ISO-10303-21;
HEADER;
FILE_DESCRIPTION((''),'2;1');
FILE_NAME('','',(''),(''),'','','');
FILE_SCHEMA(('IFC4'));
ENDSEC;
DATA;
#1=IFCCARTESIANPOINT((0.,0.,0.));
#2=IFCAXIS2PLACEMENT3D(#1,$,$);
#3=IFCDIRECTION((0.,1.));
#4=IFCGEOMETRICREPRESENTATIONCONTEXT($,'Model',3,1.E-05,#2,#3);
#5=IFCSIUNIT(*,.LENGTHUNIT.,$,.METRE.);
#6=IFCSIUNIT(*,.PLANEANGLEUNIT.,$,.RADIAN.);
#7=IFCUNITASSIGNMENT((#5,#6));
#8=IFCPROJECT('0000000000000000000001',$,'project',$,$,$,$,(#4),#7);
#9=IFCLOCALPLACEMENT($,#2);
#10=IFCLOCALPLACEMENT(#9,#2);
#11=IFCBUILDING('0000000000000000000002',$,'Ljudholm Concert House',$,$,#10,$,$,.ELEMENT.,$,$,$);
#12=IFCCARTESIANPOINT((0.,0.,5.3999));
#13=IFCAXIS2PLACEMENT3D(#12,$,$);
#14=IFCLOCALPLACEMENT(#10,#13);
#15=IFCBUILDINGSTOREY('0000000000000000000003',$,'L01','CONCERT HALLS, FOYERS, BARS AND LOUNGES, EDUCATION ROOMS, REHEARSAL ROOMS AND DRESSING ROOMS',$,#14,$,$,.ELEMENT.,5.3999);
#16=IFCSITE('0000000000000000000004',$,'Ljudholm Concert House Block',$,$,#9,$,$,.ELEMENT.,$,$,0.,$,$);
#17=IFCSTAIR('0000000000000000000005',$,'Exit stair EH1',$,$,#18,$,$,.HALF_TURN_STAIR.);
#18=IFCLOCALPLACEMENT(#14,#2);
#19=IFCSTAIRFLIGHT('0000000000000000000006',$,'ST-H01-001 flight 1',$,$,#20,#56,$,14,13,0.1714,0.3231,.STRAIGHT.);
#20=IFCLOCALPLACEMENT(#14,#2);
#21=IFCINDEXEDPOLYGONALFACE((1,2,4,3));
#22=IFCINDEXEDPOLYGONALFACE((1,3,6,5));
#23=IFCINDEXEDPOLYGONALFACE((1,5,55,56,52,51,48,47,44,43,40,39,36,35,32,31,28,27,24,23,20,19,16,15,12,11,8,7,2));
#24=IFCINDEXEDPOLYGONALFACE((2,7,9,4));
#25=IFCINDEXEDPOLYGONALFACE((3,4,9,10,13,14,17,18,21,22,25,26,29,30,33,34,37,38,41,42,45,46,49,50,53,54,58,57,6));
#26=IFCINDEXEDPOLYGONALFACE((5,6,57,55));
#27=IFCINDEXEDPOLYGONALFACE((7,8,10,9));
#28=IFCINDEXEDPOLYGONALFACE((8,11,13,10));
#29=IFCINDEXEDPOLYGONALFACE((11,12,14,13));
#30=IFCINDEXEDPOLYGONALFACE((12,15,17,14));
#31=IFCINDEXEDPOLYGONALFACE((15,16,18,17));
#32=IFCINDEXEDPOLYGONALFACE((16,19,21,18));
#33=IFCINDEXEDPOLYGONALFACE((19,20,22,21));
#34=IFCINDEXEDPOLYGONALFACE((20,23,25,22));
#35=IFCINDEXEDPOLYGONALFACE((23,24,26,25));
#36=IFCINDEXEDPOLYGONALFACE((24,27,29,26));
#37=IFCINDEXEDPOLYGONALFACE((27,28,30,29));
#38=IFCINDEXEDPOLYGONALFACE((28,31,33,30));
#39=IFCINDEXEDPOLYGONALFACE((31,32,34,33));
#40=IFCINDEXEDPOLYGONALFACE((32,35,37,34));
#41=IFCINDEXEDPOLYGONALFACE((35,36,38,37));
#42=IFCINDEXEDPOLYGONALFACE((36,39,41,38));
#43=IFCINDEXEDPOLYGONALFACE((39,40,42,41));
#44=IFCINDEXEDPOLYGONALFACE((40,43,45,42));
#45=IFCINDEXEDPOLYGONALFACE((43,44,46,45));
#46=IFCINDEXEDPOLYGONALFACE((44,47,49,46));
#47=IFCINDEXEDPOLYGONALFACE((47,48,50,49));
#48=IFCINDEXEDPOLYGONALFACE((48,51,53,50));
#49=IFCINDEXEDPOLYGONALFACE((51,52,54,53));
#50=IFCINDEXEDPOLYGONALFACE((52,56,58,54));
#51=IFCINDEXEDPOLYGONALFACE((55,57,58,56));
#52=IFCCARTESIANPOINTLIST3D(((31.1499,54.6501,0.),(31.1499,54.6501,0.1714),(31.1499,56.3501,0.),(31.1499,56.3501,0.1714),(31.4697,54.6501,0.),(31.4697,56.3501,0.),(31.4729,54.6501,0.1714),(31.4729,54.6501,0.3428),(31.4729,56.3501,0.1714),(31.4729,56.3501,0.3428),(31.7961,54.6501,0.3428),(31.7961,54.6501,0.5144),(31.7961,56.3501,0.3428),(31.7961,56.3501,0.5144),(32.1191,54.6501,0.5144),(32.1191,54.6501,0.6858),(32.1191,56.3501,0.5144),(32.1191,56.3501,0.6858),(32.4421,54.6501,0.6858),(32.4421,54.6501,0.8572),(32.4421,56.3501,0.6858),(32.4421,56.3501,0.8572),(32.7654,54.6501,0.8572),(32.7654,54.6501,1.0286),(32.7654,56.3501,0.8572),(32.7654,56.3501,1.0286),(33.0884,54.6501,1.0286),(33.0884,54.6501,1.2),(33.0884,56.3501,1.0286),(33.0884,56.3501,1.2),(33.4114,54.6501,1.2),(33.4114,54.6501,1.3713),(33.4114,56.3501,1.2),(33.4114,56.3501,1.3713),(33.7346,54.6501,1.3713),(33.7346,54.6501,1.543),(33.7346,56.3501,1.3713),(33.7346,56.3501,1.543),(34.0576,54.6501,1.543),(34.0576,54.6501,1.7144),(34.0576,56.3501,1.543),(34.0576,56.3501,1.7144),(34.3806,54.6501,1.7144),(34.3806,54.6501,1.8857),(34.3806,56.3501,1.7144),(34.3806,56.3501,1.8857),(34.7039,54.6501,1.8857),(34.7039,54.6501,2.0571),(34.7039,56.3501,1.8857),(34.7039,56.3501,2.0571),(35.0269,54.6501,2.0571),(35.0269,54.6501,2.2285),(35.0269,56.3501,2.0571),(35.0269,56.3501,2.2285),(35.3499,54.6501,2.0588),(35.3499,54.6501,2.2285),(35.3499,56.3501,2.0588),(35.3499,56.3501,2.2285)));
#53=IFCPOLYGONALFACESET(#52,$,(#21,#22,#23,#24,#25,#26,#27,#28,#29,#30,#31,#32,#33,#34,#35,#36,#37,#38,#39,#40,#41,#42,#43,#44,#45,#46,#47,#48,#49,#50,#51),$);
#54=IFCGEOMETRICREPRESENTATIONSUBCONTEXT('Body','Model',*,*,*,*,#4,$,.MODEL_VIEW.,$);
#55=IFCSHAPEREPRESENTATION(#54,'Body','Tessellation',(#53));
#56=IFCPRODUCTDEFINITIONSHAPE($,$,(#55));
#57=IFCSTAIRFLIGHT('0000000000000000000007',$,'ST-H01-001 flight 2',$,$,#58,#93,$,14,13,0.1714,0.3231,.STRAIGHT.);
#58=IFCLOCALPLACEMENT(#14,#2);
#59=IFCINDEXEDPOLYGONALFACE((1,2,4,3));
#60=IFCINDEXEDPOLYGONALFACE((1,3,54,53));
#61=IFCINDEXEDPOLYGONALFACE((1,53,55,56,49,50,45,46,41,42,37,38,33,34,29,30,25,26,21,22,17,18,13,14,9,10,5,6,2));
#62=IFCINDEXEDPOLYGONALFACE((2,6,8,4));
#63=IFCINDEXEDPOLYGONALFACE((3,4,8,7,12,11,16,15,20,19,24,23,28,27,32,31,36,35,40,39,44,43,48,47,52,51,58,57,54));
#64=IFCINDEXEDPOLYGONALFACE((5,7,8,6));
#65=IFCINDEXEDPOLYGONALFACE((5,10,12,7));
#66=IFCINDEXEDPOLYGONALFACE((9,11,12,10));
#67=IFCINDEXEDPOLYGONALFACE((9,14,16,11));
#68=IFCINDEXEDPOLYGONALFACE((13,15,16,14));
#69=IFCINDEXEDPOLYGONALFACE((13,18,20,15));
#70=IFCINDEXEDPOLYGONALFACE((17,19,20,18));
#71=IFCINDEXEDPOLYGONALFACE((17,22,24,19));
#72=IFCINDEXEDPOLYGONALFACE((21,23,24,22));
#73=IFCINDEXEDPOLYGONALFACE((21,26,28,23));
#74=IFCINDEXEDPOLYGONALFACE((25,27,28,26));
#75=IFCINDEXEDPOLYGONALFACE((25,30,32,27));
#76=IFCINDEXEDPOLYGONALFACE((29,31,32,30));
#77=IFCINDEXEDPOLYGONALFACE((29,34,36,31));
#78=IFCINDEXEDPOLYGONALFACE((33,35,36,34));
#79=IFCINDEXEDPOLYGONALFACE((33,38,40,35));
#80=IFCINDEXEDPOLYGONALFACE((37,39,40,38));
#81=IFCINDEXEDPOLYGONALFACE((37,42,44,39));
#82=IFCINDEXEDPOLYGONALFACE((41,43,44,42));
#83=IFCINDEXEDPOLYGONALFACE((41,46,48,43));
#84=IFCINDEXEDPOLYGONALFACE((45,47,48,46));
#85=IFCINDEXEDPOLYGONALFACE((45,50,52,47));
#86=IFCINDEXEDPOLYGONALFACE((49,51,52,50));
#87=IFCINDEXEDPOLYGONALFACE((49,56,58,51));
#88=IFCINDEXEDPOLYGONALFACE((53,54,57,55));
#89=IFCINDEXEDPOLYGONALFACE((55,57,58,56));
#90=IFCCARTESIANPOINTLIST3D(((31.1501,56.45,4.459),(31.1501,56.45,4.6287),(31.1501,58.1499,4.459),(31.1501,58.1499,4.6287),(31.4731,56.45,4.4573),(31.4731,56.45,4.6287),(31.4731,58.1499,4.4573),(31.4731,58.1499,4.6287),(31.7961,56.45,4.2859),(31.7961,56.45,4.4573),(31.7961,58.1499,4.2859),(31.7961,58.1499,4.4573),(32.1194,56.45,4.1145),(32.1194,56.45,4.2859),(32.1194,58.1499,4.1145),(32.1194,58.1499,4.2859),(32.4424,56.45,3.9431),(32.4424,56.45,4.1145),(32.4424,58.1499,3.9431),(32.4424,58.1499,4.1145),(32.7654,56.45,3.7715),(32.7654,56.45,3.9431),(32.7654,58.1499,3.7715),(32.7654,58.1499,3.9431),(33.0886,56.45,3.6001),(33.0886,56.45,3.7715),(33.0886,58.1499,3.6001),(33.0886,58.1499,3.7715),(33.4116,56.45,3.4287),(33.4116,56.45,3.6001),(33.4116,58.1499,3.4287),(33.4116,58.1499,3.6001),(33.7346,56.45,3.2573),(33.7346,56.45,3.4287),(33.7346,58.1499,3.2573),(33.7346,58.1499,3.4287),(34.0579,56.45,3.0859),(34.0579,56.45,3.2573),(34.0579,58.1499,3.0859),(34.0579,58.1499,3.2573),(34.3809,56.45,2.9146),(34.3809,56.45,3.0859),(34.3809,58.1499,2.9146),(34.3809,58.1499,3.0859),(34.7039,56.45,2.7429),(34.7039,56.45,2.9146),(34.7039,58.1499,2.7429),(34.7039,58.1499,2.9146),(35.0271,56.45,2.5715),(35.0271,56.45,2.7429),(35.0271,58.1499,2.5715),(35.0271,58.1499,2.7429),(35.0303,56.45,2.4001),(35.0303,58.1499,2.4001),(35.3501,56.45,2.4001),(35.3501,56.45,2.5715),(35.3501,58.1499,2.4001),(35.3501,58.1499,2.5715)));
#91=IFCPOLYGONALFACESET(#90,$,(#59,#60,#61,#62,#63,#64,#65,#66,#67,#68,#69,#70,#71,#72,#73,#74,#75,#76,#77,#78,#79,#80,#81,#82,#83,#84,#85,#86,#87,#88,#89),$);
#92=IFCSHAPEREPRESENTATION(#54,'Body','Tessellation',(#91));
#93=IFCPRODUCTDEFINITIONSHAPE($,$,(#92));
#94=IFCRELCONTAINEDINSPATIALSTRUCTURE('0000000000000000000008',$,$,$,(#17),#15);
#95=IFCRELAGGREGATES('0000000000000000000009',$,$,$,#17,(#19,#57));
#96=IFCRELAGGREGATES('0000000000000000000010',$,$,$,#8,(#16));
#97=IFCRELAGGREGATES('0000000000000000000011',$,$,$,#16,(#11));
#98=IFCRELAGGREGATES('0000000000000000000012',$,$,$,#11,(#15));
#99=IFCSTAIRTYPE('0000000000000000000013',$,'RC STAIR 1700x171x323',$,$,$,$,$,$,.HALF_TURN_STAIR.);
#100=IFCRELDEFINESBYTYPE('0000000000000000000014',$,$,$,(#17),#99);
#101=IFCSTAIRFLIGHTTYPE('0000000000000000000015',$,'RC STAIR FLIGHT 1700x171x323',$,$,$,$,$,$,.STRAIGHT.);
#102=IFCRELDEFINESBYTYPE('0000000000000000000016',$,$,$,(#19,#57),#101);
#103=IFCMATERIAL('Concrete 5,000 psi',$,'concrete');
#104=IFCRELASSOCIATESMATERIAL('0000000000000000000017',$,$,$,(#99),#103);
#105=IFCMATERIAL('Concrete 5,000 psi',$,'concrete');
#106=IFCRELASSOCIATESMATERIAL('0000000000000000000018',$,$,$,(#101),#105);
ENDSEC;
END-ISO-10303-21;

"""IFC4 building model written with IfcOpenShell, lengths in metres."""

from ifc_helpers import new_model, si_unit, direction, frame, origin, place, context, subcontext, project, spatial, polyline, outline, extrude, material, type_object, element, aggregate, save


model = new_model("IFC4")

# Units and contexts
model_context = context("Model", 3, precision=1e-05, world=origin(), true_north=direction((0.0, 1.0)))
body_context = subcontext(model_context, "Body", "Model", "MODEL_VIEW")
ifc_project = project(units=[si_unit("LENGTHUNIT", "METRE"), si_unit("PLANEANGLEUNIT", "RADIAN")], contexts=[model_context])

# Site, building, storey
site_placement = place(None, origin())
site = spatial("IfcSite", under=ifc_project, at=site_placement, Name="Ljudholm Concert House Block", CompositionType="ELEMENT", RefElevation=0.0)
building_placement = place(site_placement, origin())
building = spatial("IfcBuilding", under=site, at=building_placement, Name="Ljudholm Concert House", CompositionType="ELEMENT")
storey_placement = place(building_placement, frame((0.0, 0.0, 5.3999)))
storey = spatial("IfcBuildingStorey", under=building, at=storey_placement, Name="L01", Description="CONCERT HALLS, FOYERS, BARS AND LOUNGES, EDUCATION ROOMS, REHEARSAL ROOMS AND DRESSING ROOMS", CompositionType="ELEMENT", Elevation=5.3999)

# Stair, stair flights
ifc_material_1 = material(Name="Concrete 5,000 psi", Category="concrete")
stair_type = type_object("IfcStairType", Name="RC STAIR 1700x171x323", PredefinedType="HALF_TURN_STAIR", material=ifc_material_1)
stair_placement = place(storey_placement, origin())
stair = element("IfcStair", 1, at=stair_placement, inside=storey, type_object=stair_type, Name="Exit stair EH1", PredefinedType="HALF_TURN_STAIR")
ifc_material_2 = material(Name="Concrete 5,000 psi", Category="concrete")
stair_flight_type = type_object("IfcStairFlightType", Name="RC STAIR FLIGHT 1700x171x323", PredefinedType="STRAIGHT", material=ifc_material_2)
stair_flight_1_placement = place(storey_placement, frame((31.1499, 55.5, 0.0), z_axis=(0.0, 0.0, 1.0), x_axis=(1.0, 0.0, 0.0)))
stair_flight_1 = element("IfcStairFlight", 2, at=stair_flight_1_placement, type_object=stair_flight_type, Name="ST-H01-001 flight 1", NumberOfRisers=14, NumberOfTreads=13, PredefinedType="STRAIGHT", RiserHeight=0.1714, TreadLength=0.3231, context=body_context, shape_type="SweptSolid", body=[
    extrude(outline(polyline([(0.0, 0.0), (0.0, 0.1714), (0.323, 0.1714), (0.323, 0.3428), (0.6462, 0.3428), (0.6462, 0.5144), (0.9692, 0.5144), (0.9692, 0.6858), (1.2922, 0.6858), (1.2922, 0.8572), (1.6155, 0.8572), (1.6155, 1.0286), (1.9385, 1.0286), (1.9385, 1.2), (2.2615, 1.2), (2.2615, 1.3713), (2.5847, 1.3713), (2.5847, 1.543), (2.9077, 1.543), (2.9077, 1.7144), (3.2307, 1.7144), (3.2307, 1.8857), (3.554, 1.8857), (3.554, 2.0571), (3.877, 2.0571), (3.877, 2.2285), (4.2, 2.2285), (4.2, 2.3999), (4.2, 2.0588), (0.3198, 0.0), (0.0, 0.0)])), frame((0.0, 0.8501, 0.0), z_axis=(0.0, -1.0, 0.0), x_axis=(1.0, 0.0, 0.0)), (0.0, 0.0, 1.0), 1.7),
])
stair_flight_2_placement = place(storey_placement, frame((35.3501, 57.3, 2.4001), z_axis=(0.0, 0.0, 1.0), x_axis=(-1.0, 0.0, 0.0)))
stair_flight_2 = element("IfcStairFlight", 3, at=stair_flight_2_placement, type_object=stair_flight_type, Name="ST-H01-001 flight 2", NumberOfRisers=14, NumberOfTreads=13, PredefinedType="STRAIGHT", RiserHeight=0.1714, TreadLength=0.3231, context=body_context, shape_type="SweptSolid", body=[
    extrude(outline(polyline([(0.0, 0.0), (0.0, 0.1714), (0.323, 0.1714), (0.323, 0.3428), (0.6462, 0.3428), (0.6462, 0.5144), (0.9692, 0.5144), (0.9692, 0.6858), (1.2922, 0.6858), (1.2922, 0.8572), (1.6155, 0.8572), (1.6155, 1.0286), (1.9385, 1.0286), (1.9385, 1.2), (2.2615, 1.2), (2.2615, 1.3713), (2.5847, 1.3713), (2.5847, 1.543), (2.9077, 1.543), (2.9077, 1.7144), (3.2307, 1.7144), (3.2307, 1.8857), (3.554, 1.8857), (3.554, 2.0571), (3.877, 2.0571), (3.877, 2.2285), (4.2, 2.2285), (4.2, 2.3999), (4.2, 2.0588), (0.3198, 0.0), (0.0, 0.0)])), frame((0.0, 0.8501, 0.0), z_axis=(0.0, -1.0, 0.0), x_axis=(1.0, 0.0, 0.0)), (0.0, 0.0, 1.0), 1.7),
])
aggregate(stair, [stair_flight_1, stair_flight_2])

save(model, "model.ifc")
